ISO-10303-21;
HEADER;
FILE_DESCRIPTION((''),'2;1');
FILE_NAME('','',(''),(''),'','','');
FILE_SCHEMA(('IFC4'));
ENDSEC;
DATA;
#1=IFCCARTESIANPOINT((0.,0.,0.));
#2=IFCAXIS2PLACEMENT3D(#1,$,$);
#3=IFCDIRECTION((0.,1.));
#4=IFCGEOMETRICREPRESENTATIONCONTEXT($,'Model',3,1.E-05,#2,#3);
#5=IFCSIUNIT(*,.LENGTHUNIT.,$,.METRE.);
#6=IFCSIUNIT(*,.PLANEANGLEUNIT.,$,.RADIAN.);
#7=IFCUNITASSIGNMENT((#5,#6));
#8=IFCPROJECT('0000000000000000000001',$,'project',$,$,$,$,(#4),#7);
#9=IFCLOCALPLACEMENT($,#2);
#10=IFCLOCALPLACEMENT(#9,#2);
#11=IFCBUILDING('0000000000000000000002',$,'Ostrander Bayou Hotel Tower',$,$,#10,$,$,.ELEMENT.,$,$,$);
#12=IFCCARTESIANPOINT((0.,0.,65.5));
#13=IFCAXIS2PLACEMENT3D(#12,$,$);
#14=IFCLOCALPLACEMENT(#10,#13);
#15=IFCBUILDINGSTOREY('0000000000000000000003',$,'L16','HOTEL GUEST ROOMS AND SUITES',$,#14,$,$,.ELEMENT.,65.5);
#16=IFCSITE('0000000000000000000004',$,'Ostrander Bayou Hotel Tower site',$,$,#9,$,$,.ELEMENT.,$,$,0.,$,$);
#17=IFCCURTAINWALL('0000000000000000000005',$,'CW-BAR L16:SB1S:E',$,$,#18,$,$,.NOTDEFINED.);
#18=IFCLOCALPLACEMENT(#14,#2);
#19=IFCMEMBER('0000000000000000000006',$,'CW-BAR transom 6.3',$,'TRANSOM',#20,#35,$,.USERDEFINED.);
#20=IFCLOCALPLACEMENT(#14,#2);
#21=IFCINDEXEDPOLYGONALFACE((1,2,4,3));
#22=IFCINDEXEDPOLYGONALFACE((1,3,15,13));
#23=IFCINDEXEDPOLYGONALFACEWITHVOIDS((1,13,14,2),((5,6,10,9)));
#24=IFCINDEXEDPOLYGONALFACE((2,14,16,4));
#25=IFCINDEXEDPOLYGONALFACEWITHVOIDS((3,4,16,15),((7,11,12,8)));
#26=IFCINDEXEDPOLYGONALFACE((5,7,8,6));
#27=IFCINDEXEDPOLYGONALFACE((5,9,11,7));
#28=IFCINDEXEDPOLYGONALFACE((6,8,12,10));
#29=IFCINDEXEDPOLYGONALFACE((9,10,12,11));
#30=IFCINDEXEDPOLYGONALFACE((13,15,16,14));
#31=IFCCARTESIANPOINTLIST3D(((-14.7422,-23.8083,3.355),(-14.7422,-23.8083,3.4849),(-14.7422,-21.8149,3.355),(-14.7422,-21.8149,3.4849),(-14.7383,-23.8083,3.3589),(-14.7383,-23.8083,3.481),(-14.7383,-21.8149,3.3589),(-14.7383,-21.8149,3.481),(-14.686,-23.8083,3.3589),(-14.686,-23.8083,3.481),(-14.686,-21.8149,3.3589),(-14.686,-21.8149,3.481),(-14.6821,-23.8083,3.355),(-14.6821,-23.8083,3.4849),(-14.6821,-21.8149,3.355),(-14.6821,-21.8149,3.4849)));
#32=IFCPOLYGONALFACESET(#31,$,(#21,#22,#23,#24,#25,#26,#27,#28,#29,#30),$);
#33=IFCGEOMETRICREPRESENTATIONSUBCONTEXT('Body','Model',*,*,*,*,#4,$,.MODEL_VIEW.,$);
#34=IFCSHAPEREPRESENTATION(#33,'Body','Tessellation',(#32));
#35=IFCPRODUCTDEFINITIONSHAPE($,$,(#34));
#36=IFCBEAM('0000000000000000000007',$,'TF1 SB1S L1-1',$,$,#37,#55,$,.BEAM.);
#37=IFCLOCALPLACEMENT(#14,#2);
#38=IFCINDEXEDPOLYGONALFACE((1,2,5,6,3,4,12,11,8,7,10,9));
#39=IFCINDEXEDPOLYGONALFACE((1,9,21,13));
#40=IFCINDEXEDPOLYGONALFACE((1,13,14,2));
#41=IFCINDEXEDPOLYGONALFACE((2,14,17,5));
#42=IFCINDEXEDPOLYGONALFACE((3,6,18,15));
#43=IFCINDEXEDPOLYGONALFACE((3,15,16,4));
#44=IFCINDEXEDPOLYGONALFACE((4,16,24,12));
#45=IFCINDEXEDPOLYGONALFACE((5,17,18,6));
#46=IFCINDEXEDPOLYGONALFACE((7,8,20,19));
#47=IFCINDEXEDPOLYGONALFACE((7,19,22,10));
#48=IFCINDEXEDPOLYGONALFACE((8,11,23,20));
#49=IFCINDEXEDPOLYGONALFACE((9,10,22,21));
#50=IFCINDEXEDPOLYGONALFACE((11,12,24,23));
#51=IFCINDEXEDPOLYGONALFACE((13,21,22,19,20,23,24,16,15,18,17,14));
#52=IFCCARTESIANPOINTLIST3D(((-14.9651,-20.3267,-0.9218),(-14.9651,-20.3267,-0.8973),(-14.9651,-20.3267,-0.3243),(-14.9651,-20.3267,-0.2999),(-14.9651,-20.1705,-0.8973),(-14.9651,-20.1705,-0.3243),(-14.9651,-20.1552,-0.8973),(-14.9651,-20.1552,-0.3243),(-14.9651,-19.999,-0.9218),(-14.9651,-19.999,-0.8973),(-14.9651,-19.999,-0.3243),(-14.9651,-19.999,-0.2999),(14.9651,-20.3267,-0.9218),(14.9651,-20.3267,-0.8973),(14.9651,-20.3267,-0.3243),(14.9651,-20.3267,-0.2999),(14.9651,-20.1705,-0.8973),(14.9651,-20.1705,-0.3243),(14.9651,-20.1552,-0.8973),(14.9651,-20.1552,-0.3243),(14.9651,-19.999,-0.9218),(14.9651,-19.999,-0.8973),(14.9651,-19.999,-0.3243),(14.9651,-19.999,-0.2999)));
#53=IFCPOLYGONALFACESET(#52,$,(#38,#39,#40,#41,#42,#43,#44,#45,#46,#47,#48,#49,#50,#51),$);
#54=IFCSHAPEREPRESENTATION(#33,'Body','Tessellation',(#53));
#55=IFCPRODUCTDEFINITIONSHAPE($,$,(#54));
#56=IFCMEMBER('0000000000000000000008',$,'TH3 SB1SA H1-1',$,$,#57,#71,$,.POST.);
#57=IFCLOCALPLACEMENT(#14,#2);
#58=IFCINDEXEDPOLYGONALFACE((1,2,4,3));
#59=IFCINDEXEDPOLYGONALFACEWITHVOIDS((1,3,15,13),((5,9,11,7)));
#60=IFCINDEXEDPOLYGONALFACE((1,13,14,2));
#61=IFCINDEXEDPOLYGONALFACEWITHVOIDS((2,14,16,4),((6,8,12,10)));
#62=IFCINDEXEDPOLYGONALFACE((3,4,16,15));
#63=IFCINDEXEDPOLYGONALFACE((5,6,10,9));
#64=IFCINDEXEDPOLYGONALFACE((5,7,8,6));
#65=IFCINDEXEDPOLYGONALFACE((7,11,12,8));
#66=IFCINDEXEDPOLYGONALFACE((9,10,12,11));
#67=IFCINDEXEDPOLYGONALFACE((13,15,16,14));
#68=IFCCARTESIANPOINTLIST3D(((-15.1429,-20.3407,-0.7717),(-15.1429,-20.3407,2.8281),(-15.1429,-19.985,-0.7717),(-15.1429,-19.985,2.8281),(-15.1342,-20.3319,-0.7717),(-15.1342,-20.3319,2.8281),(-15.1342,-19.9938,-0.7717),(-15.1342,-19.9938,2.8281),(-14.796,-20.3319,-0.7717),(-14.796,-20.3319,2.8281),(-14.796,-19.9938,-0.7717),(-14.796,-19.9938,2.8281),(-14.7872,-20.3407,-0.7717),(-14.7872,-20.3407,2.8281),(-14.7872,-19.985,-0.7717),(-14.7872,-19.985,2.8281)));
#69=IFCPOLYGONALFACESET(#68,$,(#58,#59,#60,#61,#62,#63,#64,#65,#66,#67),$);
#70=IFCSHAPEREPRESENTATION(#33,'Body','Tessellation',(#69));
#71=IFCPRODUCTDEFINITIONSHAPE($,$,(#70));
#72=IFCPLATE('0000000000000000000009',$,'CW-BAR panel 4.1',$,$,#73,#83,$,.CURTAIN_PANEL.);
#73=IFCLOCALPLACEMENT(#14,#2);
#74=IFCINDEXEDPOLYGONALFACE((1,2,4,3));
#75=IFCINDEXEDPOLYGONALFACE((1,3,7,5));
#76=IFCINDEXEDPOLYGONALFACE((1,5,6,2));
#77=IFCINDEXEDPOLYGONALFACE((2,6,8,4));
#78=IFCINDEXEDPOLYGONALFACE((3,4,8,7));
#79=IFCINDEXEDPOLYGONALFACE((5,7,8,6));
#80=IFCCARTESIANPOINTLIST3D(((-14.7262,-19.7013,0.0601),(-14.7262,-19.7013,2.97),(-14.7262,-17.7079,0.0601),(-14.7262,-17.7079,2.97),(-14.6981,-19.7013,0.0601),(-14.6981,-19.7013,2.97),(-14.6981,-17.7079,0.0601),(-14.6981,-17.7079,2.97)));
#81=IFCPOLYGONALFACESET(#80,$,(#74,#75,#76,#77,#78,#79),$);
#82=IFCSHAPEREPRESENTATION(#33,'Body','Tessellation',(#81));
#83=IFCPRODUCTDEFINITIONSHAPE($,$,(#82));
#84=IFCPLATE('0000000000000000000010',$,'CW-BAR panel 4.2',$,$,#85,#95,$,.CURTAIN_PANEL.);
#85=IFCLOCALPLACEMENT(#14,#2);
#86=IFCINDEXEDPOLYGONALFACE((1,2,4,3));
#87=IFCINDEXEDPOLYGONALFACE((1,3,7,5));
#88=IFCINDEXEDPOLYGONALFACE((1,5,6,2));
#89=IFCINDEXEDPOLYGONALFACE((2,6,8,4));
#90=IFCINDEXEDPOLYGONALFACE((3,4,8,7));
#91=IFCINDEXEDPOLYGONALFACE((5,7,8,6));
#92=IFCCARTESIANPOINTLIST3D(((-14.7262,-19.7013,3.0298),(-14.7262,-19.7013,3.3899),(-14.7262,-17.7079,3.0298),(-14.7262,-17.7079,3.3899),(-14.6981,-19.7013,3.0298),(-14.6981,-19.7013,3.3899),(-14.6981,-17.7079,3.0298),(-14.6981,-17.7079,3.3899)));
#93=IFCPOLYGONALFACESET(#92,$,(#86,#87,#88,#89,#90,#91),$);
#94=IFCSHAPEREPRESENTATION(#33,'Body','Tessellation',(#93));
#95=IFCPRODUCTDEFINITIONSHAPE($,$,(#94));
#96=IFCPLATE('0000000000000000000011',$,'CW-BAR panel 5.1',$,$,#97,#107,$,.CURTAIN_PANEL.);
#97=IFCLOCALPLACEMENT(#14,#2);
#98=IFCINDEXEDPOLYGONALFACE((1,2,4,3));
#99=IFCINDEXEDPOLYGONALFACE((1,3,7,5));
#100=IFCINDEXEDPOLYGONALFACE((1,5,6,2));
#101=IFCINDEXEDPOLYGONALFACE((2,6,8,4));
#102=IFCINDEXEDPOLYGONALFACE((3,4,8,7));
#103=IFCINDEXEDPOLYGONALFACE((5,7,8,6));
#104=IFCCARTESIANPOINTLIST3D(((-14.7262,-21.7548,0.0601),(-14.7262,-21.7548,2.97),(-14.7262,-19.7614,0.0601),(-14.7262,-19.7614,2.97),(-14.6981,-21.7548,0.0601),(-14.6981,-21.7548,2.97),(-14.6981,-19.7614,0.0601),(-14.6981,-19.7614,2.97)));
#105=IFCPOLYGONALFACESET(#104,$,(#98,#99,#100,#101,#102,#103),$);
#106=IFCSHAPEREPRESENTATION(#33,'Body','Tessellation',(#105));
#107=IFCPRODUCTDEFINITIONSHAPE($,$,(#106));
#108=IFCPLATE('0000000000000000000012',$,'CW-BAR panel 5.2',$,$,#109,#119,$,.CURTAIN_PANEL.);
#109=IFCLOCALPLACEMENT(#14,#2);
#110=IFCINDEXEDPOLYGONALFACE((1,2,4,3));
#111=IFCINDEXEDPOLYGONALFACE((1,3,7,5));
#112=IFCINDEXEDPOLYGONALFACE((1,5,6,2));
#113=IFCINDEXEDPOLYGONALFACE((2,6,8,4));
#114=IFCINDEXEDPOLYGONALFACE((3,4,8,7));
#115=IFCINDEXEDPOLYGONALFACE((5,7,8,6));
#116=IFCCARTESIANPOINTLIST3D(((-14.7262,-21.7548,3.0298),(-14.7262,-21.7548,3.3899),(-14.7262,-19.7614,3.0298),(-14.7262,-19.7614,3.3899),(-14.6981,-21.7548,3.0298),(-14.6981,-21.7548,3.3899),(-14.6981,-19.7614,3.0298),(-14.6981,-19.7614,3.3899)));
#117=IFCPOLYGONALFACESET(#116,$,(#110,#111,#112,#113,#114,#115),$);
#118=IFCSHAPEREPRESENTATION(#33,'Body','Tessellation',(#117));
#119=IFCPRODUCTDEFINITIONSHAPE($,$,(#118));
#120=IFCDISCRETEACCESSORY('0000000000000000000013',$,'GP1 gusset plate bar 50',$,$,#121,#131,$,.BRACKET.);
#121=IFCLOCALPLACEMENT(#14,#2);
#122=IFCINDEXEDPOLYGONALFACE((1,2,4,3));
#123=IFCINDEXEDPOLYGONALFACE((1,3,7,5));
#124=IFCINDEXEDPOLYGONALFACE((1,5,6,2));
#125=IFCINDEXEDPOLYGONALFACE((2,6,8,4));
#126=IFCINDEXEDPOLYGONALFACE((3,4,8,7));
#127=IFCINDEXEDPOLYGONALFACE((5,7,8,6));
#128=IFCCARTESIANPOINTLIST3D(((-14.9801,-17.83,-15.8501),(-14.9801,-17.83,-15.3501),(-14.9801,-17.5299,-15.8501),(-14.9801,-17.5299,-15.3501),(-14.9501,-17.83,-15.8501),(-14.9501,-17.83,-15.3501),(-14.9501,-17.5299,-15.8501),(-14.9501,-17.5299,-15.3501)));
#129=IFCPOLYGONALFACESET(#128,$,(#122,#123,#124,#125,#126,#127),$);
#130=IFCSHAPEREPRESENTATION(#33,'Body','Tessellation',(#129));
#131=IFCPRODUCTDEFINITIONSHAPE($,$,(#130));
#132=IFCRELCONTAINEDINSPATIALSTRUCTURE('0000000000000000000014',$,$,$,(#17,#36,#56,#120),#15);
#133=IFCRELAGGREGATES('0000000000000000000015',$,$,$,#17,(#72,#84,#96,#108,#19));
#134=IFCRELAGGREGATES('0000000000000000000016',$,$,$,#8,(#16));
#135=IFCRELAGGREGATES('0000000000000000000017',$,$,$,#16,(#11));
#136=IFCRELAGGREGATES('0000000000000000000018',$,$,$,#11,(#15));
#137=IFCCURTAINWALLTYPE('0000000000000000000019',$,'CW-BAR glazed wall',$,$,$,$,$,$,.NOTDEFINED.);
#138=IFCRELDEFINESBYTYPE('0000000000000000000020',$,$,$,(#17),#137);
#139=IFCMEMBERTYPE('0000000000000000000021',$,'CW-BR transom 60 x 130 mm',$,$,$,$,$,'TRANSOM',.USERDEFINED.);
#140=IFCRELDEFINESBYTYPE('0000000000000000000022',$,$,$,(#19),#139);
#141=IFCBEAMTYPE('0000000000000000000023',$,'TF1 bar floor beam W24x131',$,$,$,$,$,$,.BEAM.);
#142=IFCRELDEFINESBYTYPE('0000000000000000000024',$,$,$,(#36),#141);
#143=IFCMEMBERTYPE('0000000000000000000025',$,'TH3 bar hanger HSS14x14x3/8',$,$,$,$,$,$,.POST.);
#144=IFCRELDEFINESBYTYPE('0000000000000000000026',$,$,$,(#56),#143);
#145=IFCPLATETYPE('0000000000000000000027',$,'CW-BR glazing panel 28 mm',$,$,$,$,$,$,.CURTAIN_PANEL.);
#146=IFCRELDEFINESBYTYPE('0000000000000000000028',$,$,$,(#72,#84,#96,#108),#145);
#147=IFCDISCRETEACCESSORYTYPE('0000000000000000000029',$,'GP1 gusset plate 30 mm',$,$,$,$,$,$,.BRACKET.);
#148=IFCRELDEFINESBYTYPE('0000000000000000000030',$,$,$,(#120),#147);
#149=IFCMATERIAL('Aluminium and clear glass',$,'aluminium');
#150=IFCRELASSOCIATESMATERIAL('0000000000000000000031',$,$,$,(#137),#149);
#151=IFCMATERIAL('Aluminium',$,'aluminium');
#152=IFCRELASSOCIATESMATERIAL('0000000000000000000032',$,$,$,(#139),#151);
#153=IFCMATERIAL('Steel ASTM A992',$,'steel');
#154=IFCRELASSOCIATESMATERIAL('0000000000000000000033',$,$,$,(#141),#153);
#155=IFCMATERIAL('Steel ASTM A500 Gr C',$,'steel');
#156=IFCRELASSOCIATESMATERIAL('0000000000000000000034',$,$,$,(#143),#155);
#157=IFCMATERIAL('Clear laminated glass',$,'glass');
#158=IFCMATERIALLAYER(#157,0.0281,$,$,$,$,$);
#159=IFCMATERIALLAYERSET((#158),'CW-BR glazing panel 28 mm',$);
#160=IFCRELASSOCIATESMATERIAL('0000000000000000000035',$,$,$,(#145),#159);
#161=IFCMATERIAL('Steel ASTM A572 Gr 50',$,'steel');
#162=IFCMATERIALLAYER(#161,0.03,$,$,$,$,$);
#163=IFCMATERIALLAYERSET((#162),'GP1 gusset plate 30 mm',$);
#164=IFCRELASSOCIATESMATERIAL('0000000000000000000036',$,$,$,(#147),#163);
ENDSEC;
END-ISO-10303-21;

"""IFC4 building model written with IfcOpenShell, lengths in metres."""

from ifc_helpers import new_model, si_unit, direction, frame, origin, origin_2d, place, context, subcontext, project, spatial, rectangle, hollow_rectangle, i_section, extrude, material, layer, layer_set, material_profile, profile_set, type_object, element, aggregate, save


model = new_model("IFC4")

# Units and contexts
model_context = context("Model", 3, precision=1e-05, world=origin(), true_north=direction((0.0, 1.0)))
body_context = subcontext(model_context, "Body", "Model", "MODEL_VIEW")
ifc_project = project(units=[si_unit("LENGTHUNIT", "METRE"), si_unit("PLANEANGLEUNIT", "RADIAN")], contexts=[model_context])

# Site, building, storey
site_placement = place(None, origin())
site = spatial("IfcSite", under=ifc_project, at=site_placement, Name="Ostrander Bayou Hotel Tower site", CompositionType="ELEMENT", RefElevation=0.0)
building_placement = place(site_placement, origin())
building = spatial("IfcBuilding", under=site, at=building_placement, Name="Ostrander Bayou Hotel Tower", CompositionType="ELEMENT")
storey_placement = place(building_placement, frame((0.0, 0.0, 65.5)))
storey = spatial("IfcBuildingStorey", under=building, at=storey_placement, Name="L16", Description="HOTEL GUEST ROOMS AND SUITES", CompositionType="ELEMENT", Elevation=65.5)

# Curtain wall, member
ifc_material_1 = material(Name="Aluminium and clear glass", Category="aluminium")
curtain_wall_type = type_object("IfcCurtainWallType", Name="CW-BAR glazed wall", PredefinedType="NOTDEFINED", material=ifc_material_1)
curtain_wall_placement = place(storey_placement, origin())
curtain_wall = element("IfcCurtainWall", 1, at=curtain_wall_placement, inside=storey, type_object=curtain_wall_type, Name="CW-BAR L16:SB1S:E", PredefinedType="NOTDEFINED")
ifc_material_2 = material(Name="Aluminium", Category="aluminium")
ifc_material_profile_1 = material_profile(ifc_material_2, hollow_rectangle(XDim=0.0601, YDim=0.1299, WallThickness=0.0039, at=origin_2d()))
ifc_profile_set_1 = profile_set([ifc_material_profile_1], Name="Aluminium")
member_type_1 = type_object("IfcMemberType", Name="CW-BR transom 60 x 130 mm", ElementType="TRANSOM", PredefinedType="USERDEFINED", material=ifc_profile_set_1)
member_1_placement = place(storey_placement, frame((-14.7122, -21.8149, 3.4199), z_axis=(0.0, -1.0, 0.0), x_axis=(1.0, 0.0, 0.0)))
member_1 = element("IfcMember", 2, at=member_1_placement, type_object=member_type_1, Name="CW-BAR transom 6.3", ObjectType="TRANSOM", PredefinedType="USERDEFINED", context=body_context, shape_type="SweptSolid", body=[
    extrude(hollow_rectangle(XDim=0.0601, YDim=0.1299, WallThickness=0.0039, at=origin_2d()), origin(), (0.0, 0.0, 1.0), 1.9934),
])

# Beam
ifc_material_3 = material(Name="Steel ASTM A992", Category="steel")
ifc_material_profile_2 = material_profile(ifc_material_3, i_section(OverallWidth=0.3276, OverallDepth=0.6218, WebThickness=0.0154, FlangeThickness=0.0244, at=origin_2d()))
ifc_profile_set_2 = profile_set([ifc_material_profile_2], Name="Steel ASTM A992")
beam_type = type_object("IfcBeamType", Name="TF1 bar floor beam W24x131", PredefinedType="BEAM", material=ifc_profile_set_2)
beam_placement = place(storey_placement, frame((-14.9651, -20.1628, -0.6108), z_axis=(1.0, 0.0, 0.0), x_axis=(0.0, 1.0, 0.0)))
element("IfcBeam", 3, at=beam_placement, inside=storey, type_object=beam_type, Name="TF1 SB1S L1-1", PredefinedType="BEAM", context=body_context, shape_type="SweptSolid", body=[
    extrude(i_section(OverallWidth=0.3276, OverallDepth=0.6218, WebThickness=0.0154, FlangeThickness=0.0244, at=origin_2d()), origin(), (0.0, 0.0, 1.0), 29.9302),
])

# Member
ifc_material_4 = material(Name="Steel ASTM A500 Gr C", Category="steel")
ifc_material_profile_3 = material_profile(ifc_material_4, hollow_rectangle(XDim=0.3557, YDim=0.3557, WallThickness=0.0088, at=origin_2d()))
ifc_profile_set_3 = profile_set([ifc_material_profile_3], Name="Steel ASTM A500 Gr C")
member_type_2 = type_object("IfcMemberType", Name="TH3 bar hanger HSS14x14x3/8", PredefinedType="POST", material=ifc_profile_set_3)
member_2_placement = place(storey_placement, frame((-14.9651, -20.1628, -0.7717), z_axis=(0.0, 0.0, 1.0), x_axis=(1.0, 0.0, 0.0)))
element("IfcMember", 4, at=member_2_placement, inside=storey, type_object=member_type_2, Name="TH3 SB1SA H1-1", PredefinedType="POST", context=body_context, shape_type="SweptSolid", body=[
    extrude(hollow_rectangle(XDim=0.3557, YDim=0.3557, WallThickness=0.0088, at=origin_2d()), origin(), (0.0, 0.0, 1.0), 3.5999),
])

# Plates
ifc_material_5 = material(Name="Clear laminated glass", Category="glass")
ifc_layer_1 = layer(ifc_material_5, 0.0281)
ifc_layer_set_1 = layer_set([ifc_layer_1], Name="CW-BR glazing panel 28 mm")
plate_type = type_object("IfcPlateType", Name="CW-BR glazing panel 28 mm", PredefinedType="CURTAIN_PANEL", material=ifc_layer_set_1)
plate_1_placement = place(storey_placement, frame((-14.7122, -18.7046, 0.0601), z_axis=(0.0, 0.0, 1.0), x_axis=(0.0, -1.0, 0.0)))
plate_1 = element("IfcPlate", 5, at=plate_1_placement, type_object=plate_type, Name="CW-BAR panel 4.1", PredefinedType="CURTAIN_PANEL", context=body_context, shape_type="SweptSolid", body=[
    extrude(rectangle(XDim=1.9934, YDim=0.0281, at=origin_2d()), origin(), (0.0, 0.0, 1.0), 2.9099),
])
plate_2_placement = place(storey_placement, frame((-14.7122, -18.7046, 3.0298), z_axis=(0.0, 0.0, 1.0), x_axis=(0.0, -1.0, 0.0)))
plate_2 = element("IfcPlate", 6, at=plate_2_placement, type_object=plate_type, Name="CW-BAR panel 4.2", PredefinedType="CURTAIN_PANEL", context=body_context, shape_type="SweptSolid", body=[
    extrude(rectangle(XDim=1.9934, YDim=0.0281, at=origin_2d()), origin(), (0.0, 0.0, 1.0), 0.3601),
])
plate_3_placement = place(storey_placement, frame((-14.7122, -20.7581, 0.0601), z_axis=(0.0, 0.0, 1.0), x_axis=(0.0, -1.0, 0.0)))
plate_3 = element("IfcPlate", 7, at=plate_3_placement, type_object=plate_type, Name="CW-BAR panel 5.1", PredefinedType="CURTAIN_PANEL", context=body_context, shape_type="SweptSolid", body=[
    extrude(rectangle(XDim=1.9934, YDim=0.0281, at=origin_2d()), origin(), (0.0, 0.0, 1.0), 2.9099),
])
plate_4_placement = place(storey_placement, frame((-14.7122, -20.7581, 3.0298), z_axis=(0.0, 0.0, 1.0), x_axis=(0.0, -1.0, 0.0)))
plate_4 = element("IfcPlate", 8, at=plate_4_placement, type_object=plate_type, Name="CW-BAR panel 5.2", PredefinedType="CURTAIN_PANEL", context=body_context, shape_type="SweptSolid", body=[
    extrude(rectangle(XDim=1.9934, YDim=0.0281, at=origin_2d()), origin(), (0.0, 0.0, 1.0), 0.3601),
])
aggregate(curtain_wall, [plate_1, plate_2, plate_3, plate_4, member_1])

# Discrete accessory
ifc_material_6 = material(Name="Steel ASTM A572 Gr 50", Category="steel")
ifc_layer_2 = layer(ifc_material_6, 0.03)
ifc_layer_set_2 = layer_set([ifc_layer_2], Name="GP1 gusset plate 30 mm")
discrete_accessory_type = type_object("IfcDiscreteAccessoryType", Name="GP1 gusset plate 30 mm", PredefinedType="BRACKET", material=ifc_layer_set_2)
discrete_accessory_placement = place(storey_placement, frame((-14.9651, -17.6799, -15.8501), z_axis=(0.0, 0.0, 1.0), x_axis=(0.0, 1.0, 0.0)))
element("IfcDiscreteAccessory", 9, at=discrete_accessory_placement, inside=storey, type_object=discrete_accessory_type, Name="GP1 gusset plate bar 50", PredefinedType="BRACKET", context=body_context, shape_type="SweptSolid", body=[
    extrude(rectangle(XDim=0.3, YDim=0.03, at=origin_2d()), origin(), (0.0, 0.0, 1.0), 0.5),
])

save(model, "model.ifc")
